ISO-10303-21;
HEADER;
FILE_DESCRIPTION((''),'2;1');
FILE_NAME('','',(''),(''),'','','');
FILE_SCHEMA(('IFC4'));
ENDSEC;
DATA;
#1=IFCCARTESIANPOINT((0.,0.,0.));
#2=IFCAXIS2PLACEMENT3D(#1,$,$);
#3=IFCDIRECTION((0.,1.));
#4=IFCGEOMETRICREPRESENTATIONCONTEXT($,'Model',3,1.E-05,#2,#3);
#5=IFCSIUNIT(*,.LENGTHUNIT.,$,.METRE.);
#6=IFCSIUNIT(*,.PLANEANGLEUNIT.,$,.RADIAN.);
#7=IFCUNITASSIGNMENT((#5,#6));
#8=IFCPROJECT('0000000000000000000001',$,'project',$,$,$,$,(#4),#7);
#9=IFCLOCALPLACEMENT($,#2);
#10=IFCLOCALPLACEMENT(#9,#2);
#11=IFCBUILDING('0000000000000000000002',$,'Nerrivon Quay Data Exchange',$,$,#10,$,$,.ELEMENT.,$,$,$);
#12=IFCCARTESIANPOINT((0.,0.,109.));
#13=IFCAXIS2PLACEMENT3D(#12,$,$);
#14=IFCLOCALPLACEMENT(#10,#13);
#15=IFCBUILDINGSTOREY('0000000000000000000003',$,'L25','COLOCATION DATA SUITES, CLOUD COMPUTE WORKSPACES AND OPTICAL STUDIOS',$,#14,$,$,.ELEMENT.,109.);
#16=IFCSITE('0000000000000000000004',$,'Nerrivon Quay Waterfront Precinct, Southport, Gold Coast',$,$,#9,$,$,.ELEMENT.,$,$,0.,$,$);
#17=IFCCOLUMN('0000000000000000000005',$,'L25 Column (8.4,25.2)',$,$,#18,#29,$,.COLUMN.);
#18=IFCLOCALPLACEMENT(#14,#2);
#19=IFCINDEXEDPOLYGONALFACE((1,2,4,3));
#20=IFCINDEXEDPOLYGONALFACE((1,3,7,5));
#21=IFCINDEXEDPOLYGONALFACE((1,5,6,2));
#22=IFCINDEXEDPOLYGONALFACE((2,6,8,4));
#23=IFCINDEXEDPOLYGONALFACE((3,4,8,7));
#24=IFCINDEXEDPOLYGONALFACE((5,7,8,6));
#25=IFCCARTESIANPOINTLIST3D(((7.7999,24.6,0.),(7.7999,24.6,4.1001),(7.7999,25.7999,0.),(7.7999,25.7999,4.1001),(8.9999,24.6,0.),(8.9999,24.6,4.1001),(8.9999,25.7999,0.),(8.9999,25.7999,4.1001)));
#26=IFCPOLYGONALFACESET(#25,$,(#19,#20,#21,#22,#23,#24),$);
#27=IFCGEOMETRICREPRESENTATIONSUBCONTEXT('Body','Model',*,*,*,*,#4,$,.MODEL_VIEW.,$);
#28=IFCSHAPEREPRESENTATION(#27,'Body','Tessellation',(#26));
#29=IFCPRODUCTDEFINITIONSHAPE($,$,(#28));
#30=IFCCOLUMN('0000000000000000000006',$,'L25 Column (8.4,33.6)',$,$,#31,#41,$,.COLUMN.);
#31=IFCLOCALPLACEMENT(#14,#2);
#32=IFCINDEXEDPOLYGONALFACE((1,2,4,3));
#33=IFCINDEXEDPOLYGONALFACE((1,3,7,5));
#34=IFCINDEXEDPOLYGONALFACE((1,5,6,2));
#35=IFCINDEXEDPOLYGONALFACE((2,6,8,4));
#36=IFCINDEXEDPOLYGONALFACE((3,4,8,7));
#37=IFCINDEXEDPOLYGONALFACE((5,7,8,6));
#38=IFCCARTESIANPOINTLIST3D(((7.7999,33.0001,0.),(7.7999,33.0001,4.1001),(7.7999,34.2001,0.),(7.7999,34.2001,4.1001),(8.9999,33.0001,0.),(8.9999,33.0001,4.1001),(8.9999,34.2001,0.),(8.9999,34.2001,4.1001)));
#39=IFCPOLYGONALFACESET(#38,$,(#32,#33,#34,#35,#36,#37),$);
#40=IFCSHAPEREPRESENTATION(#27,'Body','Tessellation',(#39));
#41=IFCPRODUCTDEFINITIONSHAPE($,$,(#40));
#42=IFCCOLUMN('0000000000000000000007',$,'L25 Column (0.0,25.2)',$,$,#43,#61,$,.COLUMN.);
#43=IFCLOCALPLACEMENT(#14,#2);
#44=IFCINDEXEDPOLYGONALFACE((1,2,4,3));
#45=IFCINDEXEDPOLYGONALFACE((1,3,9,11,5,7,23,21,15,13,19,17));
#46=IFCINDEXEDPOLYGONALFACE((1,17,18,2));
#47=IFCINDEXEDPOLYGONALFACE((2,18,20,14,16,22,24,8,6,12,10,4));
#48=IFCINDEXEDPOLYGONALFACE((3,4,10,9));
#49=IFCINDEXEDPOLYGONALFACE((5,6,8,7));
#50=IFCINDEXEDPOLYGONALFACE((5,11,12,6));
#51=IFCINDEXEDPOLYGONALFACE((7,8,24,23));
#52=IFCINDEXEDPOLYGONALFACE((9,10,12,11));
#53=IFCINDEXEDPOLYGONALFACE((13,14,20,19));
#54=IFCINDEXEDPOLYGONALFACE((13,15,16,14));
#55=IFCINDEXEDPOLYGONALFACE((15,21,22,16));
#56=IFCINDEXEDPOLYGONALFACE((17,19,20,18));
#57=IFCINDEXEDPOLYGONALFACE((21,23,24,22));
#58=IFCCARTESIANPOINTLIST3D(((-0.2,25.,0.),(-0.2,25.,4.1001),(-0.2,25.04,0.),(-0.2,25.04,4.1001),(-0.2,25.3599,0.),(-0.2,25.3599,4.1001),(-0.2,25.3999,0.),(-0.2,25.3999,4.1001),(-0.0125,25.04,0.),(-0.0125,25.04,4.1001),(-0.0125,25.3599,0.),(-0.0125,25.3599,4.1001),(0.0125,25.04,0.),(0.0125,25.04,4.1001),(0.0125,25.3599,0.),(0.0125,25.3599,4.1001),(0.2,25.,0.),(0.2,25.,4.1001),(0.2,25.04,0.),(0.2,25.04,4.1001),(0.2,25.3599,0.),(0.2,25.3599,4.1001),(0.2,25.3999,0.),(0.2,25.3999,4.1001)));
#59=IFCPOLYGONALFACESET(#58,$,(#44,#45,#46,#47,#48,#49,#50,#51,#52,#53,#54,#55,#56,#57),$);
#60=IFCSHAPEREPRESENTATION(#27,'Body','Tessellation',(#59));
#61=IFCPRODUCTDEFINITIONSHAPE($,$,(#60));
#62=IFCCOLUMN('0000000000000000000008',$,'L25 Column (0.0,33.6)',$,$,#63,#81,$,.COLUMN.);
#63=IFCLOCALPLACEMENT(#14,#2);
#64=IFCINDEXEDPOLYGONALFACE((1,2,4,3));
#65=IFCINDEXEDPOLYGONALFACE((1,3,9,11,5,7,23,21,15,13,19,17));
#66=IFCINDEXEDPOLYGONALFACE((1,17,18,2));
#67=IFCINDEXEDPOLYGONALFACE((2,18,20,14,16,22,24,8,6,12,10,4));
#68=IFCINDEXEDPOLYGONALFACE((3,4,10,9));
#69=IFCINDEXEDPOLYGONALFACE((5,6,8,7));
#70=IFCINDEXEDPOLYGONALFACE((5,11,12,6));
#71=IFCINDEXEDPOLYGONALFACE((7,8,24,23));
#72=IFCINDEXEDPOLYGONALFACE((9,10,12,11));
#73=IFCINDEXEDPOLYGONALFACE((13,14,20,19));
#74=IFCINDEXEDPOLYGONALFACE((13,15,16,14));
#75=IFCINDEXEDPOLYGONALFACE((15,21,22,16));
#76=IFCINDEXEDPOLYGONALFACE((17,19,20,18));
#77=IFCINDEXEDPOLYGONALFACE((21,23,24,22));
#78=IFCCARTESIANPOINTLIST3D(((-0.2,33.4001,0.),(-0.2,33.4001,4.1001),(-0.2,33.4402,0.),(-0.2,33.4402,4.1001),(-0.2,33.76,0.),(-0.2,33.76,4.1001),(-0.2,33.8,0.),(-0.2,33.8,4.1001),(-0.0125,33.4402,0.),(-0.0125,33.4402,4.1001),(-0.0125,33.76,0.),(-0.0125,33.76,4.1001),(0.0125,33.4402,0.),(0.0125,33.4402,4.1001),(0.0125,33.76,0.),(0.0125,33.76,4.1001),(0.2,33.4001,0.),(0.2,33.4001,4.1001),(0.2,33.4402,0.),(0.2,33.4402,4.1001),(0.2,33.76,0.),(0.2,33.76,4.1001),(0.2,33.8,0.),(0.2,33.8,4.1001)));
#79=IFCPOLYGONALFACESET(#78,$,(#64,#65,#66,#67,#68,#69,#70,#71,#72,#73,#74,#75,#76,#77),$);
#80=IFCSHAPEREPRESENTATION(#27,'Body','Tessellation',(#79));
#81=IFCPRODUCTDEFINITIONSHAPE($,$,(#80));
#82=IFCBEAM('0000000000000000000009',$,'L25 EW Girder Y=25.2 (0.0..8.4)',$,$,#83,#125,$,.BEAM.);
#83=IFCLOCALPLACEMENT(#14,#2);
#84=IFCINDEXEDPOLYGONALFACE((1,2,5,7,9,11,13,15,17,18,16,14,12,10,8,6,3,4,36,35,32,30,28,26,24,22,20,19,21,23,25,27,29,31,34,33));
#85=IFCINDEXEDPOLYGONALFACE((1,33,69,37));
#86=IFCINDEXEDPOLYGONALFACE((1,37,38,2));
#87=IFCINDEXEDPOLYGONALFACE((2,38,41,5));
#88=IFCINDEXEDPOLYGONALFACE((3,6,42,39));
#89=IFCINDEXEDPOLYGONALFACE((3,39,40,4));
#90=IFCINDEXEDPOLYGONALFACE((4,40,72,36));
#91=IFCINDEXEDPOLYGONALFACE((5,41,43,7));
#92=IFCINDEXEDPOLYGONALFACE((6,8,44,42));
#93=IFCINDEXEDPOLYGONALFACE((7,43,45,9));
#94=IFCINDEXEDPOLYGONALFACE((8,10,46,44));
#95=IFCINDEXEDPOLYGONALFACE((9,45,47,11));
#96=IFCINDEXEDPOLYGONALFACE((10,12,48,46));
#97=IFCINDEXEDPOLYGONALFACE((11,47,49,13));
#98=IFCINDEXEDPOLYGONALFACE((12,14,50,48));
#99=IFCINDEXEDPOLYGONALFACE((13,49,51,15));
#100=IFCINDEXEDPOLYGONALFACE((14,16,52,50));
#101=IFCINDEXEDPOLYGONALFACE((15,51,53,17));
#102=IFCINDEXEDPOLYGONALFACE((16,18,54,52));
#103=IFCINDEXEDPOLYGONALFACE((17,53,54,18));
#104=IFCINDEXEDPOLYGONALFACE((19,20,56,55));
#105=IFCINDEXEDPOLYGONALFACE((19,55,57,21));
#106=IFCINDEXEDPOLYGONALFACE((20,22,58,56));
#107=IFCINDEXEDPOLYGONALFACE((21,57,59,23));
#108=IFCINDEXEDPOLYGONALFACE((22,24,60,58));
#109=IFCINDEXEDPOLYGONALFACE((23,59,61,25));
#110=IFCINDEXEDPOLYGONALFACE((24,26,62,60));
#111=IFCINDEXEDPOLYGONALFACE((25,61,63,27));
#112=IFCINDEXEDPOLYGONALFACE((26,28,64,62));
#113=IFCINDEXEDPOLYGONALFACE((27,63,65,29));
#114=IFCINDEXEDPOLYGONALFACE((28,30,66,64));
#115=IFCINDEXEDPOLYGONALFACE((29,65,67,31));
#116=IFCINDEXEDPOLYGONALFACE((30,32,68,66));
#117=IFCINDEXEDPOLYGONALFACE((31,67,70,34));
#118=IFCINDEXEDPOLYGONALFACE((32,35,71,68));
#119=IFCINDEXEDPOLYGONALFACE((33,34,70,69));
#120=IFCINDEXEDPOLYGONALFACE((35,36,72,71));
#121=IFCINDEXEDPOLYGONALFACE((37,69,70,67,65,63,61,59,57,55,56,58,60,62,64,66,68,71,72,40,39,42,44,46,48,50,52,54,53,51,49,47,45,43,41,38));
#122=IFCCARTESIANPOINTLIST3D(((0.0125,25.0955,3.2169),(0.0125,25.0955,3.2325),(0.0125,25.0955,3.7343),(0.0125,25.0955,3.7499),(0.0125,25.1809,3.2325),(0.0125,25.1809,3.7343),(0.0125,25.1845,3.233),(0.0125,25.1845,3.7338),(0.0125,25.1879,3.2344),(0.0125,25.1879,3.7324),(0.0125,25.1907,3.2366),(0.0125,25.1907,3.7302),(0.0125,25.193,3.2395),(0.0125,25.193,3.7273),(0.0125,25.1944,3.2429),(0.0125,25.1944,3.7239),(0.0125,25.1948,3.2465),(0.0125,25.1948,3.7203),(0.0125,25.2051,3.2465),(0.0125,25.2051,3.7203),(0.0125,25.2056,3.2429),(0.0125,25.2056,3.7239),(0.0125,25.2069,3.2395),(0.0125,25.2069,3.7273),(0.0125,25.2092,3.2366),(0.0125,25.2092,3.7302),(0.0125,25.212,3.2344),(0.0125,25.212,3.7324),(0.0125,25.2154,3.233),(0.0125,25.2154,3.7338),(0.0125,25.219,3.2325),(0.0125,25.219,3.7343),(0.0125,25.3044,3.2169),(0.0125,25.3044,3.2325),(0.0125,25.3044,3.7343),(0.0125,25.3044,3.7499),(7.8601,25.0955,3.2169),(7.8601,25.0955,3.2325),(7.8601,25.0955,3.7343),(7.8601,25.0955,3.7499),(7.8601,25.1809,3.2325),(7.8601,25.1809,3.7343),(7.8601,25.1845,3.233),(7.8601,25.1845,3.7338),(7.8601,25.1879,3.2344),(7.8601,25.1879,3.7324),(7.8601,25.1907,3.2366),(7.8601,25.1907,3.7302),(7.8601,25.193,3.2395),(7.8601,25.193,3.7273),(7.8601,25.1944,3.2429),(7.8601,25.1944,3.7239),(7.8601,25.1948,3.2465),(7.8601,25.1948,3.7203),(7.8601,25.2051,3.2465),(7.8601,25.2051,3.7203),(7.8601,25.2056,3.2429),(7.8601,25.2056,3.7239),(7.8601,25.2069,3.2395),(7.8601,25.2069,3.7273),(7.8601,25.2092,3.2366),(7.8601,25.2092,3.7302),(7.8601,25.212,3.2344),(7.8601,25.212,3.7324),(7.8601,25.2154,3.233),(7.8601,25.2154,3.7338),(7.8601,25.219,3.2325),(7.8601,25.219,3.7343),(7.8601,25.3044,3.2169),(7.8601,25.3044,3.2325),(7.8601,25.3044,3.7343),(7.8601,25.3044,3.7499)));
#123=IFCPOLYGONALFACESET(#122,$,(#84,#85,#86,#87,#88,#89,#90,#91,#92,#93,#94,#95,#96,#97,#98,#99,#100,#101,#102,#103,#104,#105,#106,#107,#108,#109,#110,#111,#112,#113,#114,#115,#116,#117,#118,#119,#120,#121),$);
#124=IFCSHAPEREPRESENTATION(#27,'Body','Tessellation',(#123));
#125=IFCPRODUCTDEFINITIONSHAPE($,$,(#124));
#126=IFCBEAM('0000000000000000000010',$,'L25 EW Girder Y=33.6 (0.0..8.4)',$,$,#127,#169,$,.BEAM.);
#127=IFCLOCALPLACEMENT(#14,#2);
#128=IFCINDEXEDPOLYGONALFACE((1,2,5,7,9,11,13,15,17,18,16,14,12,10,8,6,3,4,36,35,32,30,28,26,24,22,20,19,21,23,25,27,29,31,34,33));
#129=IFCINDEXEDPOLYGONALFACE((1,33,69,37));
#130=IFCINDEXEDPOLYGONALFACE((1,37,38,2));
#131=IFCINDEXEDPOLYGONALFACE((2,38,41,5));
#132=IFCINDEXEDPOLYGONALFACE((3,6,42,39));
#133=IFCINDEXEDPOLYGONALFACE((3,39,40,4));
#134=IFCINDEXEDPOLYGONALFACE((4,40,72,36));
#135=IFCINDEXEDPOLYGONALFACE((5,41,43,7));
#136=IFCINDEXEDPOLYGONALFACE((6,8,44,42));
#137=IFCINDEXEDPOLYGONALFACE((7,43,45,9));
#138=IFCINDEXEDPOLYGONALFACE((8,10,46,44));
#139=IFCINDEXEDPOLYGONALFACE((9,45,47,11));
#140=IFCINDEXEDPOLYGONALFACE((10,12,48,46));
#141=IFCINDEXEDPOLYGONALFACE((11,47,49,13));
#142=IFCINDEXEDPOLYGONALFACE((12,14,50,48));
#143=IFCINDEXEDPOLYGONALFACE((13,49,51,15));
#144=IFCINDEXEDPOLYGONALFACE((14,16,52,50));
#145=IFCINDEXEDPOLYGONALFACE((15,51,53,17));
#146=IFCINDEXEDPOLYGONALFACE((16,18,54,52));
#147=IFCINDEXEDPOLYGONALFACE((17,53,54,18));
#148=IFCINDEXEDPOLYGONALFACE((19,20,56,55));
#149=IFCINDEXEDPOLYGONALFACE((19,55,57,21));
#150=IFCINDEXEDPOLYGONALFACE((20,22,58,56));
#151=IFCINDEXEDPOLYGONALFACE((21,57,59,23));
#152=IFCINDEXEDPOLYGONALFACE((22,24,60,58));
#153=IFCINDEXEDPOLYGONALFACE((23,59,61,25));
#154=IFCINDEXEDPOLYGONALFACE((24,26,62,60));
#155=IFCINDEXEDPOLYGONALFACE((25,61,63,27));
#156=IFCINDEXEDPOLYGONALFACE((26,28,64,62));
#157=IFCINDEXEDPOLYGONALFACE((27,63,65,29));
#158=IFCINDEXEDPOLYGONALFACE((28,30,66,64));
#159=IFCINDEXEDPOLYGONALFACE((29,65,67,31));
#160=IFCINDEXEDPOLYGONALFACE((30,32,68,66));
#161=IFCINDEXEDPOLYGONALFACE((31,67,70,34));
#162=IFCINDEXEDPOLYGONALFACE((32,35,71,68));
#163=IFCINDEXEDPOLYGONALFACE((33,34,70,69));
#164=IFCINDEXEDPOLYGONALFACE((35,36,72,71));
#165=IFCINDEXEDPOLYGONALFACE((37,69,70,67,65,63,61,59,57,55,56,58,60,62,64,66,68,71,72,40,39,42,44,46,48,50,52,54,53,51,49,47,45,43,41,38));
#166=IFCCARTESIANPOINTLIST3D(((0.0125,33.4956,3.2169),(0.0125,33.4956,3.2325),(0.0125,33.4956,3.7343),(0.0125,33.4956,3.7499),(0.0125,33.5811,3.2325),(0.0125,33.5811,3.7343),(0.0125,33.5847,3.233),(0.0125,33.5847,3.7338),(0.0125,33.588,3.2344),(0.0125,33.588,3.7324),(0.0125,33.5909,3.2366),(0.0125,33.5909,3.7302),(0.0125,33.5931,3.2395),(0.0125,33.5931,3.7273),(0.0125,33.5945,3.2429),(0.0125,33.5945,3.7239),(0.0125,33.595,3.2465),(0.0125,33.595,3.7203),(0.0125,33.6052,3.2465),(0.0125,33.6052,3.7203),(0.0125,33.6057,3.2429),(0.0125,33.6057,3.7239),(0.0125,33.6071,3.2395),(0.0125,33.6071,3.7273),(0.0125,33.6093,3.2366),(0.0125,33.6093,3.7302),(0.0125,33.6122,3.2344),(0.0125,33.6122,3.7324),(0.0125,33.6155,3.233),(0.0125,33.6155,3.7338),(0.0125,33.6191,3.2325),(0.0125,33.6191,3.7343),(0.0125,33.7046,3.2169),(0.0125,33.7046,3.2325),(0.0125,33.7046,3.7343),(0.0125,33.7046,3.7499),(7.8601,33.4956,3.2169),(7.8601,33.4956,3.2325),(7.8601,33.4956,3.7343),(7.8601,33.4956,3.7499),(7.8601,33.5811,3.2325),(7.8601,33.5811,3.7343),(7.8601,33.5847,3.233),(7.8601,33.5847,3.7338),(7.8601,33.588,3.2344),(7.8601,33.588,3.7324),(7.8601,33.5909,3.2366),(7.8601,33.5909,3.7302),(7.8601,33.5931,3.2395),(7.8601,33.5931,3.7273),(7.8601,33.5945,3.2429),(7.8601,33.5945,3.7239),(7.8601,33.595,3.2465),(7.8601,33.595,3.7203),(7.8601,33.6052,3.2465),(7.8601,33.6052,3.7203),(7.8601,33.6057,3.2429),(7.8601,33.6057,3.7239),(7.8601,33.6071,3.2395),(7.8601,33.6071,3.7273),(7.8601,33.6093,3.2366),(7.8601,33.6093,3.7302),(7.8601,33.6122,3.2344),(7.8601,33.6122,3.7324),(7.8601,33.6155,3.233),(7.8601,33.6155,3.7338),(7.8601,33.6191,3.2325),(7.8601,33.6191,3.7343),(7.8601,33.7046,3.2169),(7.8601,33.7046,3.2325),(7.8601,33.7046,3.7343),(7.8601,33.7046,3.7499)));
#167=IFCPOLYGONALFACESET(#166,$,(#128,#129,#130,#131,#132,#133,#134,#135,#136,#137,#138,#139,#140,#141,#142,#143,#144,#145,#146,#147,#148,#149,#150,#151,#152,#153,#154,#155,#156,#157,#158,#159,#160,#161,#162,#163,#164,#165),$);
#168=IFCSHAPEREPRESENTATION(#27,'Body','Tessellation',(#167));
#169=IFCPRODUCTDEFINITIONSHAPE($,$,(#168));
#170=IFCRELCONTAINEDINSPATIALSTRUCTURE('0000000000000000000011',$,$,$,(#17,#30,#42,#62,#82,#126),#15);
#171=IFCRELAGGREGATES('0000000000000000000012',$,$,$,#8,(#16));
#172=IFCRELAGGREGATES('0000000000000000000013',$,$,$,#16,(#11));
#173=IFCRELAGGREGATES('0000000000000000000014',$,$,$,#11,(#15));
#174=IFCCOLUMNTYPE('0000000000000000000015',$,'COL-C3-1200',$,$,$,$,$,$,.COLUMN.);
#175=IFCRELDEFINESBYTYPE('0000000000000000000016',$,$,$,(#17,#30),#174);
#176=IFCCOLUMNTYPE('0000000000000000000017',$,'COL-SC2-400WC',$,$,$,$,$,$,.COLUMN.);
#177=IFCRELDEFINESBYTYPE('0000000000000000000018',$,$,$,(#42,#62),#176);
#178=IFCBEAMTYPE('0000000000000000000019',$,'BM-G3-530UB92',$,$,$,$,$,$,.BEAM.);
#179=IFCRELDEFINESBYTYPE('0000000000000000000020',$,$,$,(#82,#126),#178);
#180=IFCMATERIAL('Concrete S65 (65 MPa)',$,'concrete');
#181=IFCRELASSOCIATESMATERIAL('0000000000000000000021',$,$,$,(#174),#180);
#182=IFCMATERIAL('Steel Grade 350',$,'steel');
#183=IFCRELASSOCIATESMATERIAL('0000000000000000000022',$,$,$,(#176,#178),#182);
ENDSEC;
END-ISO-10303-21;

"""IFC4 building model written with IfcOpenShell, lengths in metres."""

from ifc_helpers import new_model, si_unit, direction, frame, origin, origin_2d, place, context, subcontext, project, spatial, rectangle, i_section, extrude, material, material_profile, profile_set, type_object, element, save


model = new_model("IFC4")

# Units and contexts
model_context = context("Model", 3, precision=1e-05, world=origin(), true_north=direction((0.0, 1.0)))
body_context = subcontext(model_context, "Body", "Model", "MODEL_VIEW")
ifc_project = project(units=[si_unit("LENGTHUNIT", "METRE"), si_unit("PLANEANGLEUNIT", "RADIAN")], contexts=[model_context])

# Site, building, storey
site_placement = place(None, origin())
site = spatial("IfcSite", under=ifc_project, at=site_placement, Name="Nerrivon Quay Waterfront Precinct, Southport, Gold Coast", CompositionType="ELEMENT", RefElevation=0.0)
building_placement = place(site_placement, origin())
building = spatial("IfcBuilding", under=site, at=building_placement, Name="Nerrivon Quay Data Exchange", CompositionType="ELEMENT")
storey_placement = place(building_placement, frame((0.0, 0.0, 109.0)))
storey = spatial("IfcBuildingStorey", under=building, at=storey_placement, Name="L25", Description="COLOCATION DATA SUITES, CLOUD COMPUTE WORKSPACES AND OPTICAL STUDIOS", CompositionType="ELEMENT", Elevation=109.0)

# Columns
ifc_material_1 = material(Name="Concrete S65 (65 MPa)", Category="concrete")
ifc_material_profile_1 = material_profile(ifc_material_1, rectangle(XDim=1.2, YDim=1.2, at=origin_2d()), Name="RC-COL-1200x1200")
ifc_profile_set_1 = profile_set([ifc_material_profile_1], Name="Concrete S65 (65 MPa)")
column_type_1 = type_object("IfcColumnType", Name="COL-C3-1200", PredefinedType="COLUMN", material=ifc_profile_set_1)
for number, where, z_axis, x_axis, name in (
    (1, (8.3999, 25.2, 0.0), (0.0, 0.0, 1.0), (1.0, 0.0, 0.0), "L25 Column (8.4,25.2)"),
    (2, (8.3999, 33.6001, 0.0), (0.0, 0.0, 1.0), (1.0, 0.0, 0.0), "L25 Column (8.4,33.6)"),
):
    element("IfcColumn", number, at=place(storey_placement, frame(where, z_axis=z_axis, x_axis=x_axis)), inside=storey, type_object=column_type_1, Name=name, PredefinedType="COLUMN", context=body_context, shape_type="SweptSolid", body=[
        extrude(rectangle(XDim=1.2, YDim=1.2, at=origin_2d()), origin(), (0.0, 0.0, 1.0), 4.1001),
    ])
ifc_material_2 = material(Name="Steel Grade 350", Category="steel")
ifc_material_profile_2 = material_profile(ifc_material_2, i_section(OverallWidth=0.3999, OverallDepth=0.3999, WebThickness=0.0249, FlangeThickness=0.04, at=origin_2d()), Name="400WC328")
ifc_profile_set_2 = profile_set([ifc_material_profile_2], Name="Steel Grade 350")
column_type_2 = type_object("IfcColumnType", Name="COL-SC2-400WC", PredefinedType="COLUMN", material=ifc_profile_set_2)
for number, where, z_axis, x_axis, name in (
    (3, (0.0, 25.2, 0.0), (0.0, 0.0, 1.0), (1.0, 0.0, 0.0), "L25 Column (0.0,25.2)"),
    (4, (0.0, 33.6001, 0.0), (0.0, 0.0, 1.0), (1.0, 0.0, 0.0), "L25 Column (0.0,33.6)"),
):
    element("IfcColumn", number, at=place(storey_placement, frame(where, z_axis=z_axis, x_axis=x_axis)), inside=storey, type_object=column_type_2, Name=name, PredefinedType="COLUMN", context=body_context, shape_type="SweptSolid", body=[
        extrude(i_section(OverallWidth=0.3999, OverallDepth=0.3999, WebThickness=0.0249, FlangeThickness=0.04, at=origin_2d()), origin(), (0.0, 0.0, 1.0), 4.1001),
    ])

# Beams
ifc_material_profile_3 = material_profile(ifc_material_2, i_section(OverallWidth=0.209, OverallDepth=0.533, WebThickness=0.0103, FlangeThickness=0.0156, FilletRadius=0.0139, at=origin_2d()), Name="530UB92.4")
ifc_profile_set_3 = profile_set([ifc_material_profile_3], Name="Steel Grade 350")
beam_type_1 = type_object("IfcBeamType", Name="BM-G3-530UB92", PredefinedType="BEAM", material=ifc_profile_set_3)
for number, where, z_axis, x_axis, name in (
    (5, (0.0125, 25.2, 3.4834), (1.0, 0.0, 0.0), (0.0, 1.0, 0.0), "L25 EW Girder Y=25.2 (0.0..8.4)"),
    (6, (0.0125, 33.6001, 3.4834), (1.0, 0.0, 0.0), (0.0, 1.0, 0.0), "L25 EW Girder Y=33.6 (0.0..8.4)"),
):
    element("IfcBeam", number, at=place(storey_placement, frame(where, z_axis=z_axis, x_axis=x_axis)), inside=storey, type_object=beam_type_1, Name=name, PredefinedType="BEAM", context=body_context, shape_type="SweptSolid", body=[
        extrude(i_section(OverallWidth=0.209, OverallDepth=0.533, WebThickness=0.0103, FlangeThickness=0.0156, FilletRadius=0.0139, at=origin_2d()), origin(), (0.0, 0.0, 1.0), 7.8477),
    ])

save(model, "model.ifc")
